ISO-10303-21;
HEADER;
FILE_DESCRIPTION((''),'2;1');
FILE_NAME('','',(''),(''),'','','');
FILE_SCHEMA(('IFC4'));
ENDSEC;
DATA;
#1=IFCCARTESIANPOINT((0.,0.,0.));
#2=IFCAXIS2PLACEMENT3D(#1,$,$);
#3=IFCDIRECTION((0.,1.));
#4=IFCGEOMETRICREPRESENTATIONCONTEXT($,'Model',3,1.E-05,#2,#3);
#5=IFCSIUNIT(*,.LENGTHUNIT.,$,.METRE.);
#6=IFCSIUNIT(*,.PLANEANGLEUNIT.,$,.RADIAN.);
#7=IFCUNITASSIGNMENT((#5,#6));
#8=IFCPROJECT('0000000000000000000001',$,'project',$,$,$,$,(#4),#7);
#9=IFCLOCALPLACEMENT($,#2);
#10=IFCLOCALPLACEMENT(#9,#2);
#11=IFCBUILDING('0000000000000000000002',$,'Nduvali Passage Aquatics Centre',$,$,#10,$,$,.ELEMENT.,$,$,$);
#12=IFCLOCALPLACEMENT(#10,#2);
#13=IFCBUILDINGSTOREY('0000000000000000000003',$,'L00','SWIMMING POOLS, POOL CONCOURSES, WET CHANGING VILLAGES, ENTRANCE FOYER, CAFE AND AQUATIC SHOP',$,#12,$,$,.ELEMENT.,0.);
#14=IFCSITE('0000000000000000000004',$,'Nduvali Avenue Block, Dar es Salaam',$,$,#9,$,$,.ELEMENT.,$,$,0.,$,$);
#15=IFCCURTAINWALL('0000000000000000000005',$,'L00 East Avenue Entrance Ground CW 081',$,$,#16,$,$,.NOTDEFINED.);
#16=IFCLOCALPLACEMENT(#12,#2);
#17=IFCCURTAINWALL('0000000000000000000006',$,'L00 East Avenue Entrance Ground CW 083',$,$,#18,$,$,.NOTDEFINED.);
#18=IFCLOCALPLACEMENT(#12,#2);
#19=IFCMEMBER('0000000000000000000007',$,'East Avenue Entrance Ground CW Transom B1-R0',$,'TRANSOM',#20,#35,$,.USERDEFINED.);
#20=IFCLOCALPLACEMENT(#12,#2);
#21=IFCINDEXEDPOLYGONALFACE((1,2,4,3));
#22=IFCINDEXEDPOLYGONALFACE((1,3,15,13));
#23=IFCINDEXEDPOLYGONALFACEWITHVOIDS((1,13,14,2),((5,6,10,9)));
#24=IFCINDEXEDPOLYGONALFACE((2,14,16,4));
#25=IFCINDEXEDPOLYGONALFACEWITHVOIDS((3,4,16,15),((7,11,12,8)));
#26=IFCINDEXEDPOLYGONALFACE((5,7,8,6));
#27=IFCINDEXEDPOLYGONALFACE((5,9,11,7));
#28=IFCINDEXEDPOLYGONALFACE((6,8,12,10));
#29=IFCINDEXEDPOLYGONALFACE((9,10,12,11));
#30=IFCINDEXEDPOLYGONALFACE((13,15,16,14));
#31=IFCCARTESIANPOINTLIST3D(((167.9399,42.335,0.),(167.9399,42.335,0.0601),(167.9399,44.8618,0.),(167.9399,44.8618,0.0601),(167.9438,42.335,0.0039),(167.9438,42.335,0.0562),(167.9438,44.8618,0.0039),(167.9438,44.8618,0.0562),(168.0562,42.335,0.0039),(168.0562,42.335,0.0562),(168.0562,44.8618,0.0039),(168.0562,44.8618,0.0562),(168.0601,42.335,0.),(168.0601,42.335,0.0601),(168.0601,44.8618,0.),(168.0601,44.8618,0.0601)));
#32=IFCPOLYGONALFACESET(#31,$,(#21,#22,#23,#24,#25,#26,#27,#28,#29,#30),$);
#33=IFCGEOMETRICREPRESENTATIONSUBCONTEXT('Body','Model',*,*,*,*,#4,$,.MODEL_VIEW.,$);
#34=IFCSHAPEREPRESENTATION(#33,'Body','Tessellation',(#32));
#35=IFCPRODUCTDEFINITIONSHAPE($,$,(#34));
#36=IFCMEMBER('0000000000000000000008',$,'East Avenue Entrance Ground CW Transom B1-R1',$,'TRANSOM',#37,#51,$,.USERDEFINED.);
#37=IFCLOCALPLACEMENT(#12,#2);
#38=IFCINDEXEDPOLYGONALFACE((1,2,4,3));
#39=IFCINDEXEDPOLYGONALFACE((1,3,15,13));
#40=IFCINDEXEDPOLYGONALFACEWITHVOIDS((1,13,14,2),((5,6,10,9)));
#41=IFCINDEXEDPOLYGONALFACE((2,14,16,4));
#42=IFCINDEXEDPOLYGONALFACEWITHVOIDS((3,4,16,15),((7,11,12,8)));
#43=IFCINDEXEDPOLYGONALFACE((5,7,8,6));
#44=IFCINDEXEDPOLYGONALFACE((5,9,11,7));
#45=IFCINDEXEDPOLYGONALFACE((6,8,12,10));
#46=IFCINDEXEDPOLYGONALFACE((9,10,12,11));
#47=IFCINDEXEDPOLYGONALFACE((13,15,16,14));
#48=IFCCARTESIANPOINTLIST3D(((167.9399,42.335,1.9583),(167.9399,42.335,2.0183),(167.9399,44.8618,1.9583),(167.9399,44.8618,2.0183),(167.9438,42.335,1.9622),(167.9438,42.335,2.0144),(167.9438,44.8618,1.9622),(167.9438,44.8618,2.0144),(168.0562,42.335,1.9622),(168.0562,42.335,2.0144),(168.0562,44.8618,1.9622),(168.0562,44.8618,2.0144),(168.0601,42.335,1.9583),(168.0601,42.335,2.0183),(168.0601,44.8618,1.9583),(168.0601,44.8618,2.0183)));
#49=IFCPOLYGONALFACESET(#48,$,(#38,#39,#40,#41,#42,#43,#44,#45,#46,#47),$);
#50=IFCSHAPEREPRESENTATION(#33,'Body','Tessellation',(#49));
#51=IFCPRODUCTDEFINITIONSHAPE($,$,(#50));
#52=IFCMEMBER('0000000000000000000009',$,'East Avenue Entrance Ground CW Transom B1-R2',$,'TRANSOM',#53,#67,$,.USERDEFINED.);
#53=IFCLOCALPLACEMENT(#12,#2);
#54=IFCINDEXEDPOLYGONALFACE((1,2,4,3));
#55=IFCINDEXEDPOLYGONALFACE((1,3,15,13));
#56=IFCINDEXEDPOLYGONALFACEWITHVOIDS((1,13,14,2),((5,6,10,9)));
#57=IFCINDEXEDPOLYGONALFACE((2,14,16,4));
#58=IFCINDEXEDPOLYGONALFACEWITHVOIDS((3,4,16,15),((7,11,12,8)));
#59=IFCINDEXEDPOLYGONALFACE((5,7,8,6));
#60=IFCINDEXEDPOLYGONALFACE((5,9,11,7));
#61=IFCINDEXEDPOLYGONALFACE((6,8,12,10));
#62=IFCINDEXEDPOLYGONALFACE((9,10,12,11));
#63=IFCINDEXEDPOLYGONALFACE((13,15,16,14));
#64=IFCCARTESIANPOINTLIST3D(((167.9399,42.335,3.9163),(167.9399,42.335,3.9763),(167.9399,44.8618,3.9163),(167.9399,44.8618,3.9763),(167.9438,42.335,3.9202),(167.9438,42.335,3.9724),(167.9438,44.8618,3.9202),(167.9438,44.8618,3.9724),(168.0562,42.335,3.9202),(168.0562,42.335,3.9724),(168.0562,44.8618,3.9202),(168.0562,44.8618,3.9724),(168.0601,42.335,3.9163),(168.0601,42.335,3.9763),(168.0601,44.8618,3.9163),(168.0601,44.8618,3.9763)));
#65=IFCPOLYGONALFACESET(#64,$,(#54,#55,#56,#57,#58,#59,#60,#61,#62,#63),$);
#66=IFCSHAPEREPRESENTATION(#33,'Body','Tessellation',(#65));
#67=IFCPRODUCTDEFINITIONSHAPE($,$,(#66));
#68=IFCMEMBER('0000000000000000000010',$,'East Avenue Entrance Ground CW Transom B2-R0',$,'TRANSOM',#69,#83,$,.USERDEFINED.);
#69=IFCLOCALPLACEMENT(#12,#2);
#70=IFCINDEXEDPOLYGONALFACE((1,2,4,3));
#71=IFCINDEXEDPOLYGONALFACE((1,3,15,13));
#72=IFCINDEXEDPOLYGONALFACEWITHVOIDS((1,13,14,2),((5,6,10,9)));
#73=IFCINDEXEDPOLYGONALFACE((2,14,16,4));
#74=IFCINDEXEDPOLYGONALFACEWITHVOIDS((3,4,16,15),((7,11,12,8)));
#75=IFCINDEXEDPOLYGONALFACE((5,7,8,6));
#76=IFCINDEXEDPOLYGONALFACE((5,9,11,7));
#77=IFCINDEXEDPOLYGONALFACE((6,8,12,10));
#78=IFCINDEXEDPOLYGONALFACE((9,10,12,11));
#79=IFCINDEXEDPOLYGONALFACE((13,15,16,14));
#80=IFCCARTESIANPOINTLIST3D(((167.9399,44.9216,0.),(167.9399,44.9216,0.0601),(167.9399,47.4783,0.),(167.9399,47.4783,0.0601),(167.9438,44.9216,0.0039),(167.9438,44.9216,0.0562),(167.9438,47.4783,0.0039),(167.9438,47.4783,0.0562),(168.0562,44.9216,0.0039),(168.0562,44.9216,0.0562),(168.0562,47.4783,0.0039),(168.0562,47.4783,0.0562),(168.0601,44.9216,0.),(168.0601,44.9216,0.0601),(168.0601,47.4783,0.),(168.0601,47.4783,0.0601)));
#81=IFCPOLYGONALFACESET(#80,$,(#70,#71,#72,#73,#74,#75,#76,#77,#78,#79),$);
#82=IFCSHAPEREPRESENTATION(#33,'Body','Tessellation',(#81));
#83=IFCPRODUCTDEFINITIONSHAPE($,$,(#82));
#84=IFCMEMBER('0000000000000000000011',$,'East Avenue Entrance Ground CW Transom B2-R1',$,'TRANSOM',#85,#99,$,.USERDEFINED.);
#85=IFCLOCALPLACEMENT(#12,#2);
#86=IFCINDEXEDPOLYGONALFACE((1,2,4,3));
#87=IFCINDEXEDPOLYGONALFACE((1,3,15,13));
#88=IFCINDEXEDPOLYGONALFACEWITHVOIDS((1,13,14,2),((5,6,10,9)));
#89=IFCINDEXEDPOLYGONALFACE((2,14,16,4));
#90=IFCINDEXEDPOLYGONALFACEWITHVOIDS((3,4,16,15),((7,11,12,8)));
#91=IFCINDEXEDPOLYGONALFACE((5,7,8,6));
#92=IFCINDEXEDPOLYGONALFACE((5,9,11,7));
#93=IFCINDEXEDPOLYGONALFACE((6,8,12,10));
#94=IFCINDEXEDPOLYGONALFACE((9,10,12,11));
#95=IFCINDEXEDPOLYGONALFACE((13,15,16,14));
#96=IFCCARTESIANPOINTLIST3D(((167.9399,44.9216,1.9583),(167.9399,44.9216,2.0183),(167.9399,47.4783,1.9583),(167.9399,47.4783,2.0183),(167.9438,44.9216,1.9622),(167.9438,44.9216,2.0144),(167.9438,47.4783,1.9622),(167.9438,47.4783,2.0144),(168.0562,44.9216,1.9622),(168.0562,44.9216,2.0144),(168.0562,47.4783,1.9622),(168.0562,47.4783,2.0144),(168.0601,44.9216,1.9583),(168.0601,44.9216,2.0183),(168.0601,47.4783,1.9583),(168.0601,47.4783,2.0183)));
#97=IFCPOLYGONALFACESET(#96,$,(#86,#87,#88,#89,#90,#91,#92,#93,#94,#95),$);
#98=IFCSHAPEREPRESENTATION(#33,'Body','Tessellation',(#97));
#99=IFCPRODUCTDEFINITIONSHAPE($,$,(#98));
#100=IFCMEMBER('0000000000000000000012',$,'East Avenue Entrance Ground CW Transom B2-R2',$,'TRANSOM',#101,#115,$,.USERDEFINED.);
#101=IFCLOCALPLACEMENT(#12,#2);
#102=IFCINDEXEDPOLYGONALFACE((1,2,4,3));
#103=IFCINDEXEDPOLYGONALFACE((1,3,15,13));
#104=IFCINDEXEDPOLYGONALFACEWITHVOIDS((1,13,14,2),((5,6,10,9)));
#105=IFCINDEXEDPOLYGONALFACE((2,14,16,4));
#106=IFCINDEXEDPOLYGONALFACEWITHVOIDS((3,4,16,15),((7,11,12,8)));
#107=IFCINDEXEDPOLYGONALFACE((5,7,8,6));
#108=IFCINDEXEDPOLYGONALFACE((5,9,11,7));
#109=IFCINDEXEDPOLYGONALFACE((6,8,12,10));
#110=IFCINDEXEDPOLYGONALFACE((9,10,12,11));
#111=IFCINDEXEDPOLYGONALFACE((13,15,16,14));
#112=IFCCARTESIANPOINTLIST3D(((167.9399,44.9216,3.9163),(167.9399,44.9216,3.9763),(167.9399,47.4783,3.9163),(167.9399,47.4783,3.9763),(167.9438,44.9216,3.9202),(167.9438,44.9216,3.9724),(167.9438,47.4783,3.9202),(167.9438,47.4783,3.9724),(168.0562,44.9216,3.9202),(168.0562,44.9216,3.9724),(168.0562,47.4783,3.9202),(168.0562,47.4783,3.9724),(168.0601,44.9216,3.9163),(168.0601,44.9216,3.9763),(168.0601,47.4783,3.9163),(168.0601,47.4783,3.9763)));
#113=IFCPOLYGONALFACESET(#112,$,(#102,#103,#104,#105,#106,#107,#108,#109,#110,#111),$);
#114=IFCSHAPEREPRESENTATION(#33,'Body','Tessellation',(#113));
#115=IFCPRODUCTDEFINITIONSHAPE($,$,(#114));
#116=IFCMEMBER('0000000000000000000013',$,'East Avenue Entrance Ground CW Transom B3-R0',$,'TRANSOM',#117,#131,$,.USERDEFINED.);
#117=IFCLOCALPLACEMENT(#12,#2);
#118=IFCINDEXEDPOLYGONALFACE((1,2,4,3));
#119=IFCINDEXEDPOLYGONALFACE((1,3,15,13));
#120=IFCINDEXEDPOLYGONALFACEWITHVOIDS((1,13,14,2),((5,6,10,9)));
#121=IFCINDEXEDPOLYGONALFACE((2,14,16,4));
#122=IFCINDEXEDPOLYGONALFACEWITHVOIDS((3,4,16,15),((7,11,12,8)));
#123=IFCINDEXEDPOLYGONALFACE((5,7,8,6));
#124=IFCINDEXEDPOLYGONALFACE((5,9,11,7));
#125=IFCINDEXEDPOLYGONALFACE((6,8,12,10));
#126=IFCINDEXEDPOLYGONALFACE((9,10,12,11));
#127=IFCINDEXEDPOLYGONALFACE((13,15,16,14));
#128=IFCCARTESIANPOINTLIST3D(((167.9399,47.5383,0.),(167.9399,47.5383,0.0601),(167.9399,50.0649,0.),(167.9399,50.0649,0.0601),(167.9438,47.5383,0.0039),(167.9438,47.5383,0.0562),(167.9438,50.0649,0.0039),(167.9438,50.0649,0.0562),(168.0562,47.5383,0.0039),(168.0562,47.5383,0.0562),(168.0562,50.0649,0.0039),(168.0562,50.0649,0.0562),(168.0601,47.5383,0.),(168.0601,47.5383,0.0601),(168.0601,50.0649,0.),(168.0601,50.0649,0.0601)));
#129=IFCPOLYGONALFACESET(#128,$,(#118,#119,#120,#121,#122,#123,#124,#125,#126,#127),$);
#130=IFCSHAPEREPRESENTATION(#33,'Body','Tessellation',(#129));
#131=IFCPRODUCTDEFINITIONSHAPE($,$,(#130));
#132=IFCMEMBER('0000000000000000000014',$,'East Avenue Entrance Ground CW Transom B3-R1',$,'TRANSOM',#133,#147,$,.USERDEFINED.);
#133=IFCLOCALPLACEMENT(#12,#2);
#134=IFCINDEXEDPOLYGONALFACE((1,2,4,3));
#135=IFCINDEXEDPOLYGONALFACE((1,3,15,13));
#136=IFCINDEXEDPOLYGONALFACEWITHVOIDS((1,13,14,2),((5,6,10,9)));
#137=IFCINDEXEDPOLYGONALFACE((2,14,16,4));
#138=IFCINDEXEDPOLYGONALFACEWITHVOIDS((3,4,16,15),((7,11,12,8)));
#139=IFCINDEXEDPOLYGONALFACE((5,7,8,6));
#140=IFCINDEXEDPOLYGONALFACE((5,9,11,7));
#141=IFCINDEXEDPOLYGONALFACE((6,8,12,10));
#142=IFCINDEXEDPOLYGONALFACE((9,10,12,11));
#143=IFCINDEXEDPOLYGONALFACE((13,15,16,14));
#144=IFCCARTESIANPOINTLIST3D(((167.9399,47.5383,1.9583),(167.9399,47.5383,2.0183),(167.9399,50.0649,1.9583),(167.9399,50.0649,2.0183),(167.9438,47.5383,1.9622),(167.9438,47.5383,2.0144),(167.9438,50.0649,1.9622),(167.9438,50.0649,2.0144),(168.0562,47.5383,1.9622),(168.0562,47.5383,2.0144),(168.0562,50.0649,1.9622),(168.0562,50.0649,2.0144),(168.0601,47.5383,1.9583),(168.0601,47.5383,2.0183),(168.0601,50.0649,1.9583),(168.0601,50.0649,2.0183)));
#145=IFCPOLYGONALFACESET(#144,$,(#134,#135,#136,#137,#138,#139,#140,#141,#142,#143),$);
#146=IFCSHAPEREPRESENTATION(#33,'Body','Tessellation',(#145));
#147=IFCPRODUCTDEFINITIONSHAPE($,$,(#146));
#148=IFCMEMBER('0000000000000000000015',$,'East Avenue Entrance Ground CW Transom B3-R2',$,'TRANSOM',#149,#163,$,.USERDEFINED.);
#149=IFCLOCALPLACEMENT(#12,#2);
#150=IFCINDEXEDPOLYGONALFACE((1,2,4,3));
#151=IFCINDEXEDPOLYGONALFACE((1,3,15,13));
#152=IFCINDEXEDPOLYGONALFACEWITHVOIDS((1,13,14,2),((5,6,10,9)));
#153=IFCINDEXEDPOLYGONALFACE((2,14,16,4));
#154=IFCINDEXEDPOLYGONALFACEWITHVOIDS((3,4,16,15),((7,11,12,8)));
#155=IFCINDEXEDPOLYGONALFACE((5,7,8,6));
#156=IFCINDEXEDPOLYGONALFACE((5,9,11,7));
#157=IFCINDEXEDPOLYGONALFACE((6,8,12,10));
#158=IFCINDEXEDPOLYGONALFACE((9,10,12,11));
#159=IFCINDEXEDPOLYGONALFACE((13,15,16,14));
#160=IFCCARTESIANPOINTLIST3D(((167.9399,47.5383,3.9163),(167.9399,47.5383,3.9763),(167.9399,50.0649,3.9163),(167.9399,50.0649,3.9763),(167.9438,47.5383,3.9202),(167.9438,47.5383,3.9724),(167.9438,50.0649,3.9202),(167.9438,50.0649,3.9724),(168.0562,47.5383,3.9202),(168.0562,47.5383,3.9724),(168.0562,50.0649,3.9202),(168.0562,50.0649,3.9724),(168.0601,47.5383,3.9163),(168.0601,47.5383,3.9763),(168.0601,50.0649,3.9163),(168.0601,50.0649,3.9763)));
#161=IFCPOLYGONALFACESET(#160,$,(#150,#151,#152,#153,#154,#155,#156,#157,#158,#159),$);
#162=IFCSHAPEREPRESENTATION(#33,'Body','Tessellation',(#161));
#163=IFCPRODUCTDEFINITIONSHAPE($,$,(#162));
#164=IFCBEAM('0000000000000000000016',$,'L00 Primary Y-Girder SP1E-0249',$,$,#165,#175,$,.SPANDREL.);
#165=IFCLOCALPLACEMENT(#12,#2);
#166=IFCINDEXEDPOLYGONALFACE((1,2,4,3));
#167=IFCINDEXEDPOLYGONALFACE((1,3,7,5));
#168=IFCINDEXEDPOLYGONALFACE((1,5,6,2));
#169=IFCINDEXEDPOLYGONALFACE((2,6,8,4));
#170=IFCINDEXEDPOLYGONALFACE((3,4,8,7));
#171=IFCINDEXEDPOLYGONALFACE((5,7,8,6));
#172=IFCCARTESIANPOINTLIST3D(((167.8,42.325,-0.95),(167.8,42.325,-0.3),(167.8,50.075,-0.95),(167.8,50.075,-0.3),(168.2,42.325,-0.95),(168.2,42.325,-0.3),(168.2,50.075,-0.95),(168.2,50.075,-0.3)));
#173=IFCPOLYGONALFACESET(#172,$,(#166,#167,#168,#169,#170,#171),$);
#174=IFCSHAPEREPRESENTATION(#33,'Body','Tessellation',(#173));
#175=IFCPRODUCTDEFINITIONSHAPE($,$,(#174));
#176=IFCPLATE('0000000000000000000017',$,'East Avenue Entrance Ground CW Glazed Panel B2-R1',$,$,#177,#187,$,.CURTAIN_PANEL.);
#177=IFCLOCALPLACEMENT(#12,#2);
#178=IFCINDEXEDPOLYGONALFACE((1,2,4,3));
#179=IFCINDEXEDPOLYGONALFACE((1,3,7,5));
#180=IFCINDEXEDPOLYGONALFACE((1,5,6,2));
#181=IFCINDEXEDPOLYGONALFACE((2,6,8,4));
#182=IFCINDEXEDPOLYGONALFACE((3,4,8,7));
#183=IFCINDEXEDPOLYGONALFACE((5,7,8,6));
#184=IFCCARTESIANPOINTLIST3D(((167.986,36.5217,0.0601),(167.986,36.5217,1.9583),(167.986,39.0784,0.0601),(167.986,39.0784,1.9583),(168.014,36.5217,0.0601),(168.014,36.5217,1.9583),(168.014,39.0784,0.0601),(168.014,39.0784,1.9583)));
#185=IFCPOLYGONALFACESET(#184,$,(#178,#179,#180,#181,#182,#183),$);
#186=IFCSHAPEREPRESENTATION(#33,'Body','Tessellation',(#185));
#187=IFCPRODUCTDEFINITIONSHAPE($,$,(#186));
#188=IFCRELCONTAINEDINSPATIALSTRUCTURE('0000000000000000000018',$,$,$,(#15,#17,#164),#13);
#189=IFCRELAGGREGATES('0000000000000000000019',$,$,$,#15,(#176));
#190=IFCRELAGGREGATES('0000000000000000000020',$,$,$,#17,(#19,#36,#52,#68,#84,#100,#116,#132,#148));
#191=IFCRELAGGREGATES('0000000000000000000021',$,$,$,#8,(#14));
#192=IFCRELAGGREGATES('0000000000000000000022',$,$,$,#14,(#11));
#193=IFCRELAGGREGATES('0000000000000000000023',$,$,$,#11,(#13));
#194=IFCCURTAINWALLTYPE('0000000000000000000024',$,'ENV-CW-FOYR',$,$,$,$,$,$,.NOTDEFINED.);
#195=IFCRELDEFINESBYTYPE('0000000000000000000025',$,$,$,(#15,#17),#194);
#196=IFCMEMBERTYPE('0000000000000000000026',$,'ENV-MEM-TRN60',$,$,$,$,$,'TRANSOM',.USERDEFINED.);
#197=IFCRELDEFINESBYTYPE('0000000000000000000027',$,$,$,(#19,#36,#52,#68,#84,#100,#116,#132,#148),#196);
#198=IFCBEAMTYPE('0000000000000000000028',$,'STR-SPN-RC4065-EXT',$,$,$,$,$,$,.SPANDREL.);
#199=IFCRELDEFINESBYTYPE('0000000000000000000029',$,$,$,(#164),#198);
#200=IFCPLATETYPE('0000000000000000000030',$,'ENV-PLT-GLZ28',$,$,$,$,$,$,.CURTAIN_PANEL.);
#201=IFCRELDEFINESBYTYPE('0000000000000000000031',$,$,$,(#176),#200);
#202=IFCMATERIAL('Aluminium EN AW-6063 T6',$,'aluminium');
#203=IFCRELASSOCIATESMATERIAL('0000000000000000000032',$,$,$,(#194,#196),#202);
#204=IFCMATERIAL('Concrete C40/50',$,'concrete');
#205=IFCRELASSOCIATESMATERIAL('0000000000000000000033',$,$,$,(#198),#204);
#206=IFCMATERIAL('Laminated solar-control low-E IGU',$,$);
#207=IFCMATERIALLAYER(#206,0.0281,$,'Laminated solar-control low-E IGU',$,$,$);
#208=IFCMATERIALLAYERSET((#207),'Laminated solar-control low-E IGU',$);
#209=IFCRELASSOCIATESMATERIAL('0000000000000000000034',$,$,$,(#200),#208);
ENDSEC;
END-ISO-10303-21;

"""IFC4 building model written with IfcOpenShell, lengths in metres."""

from ifc_helpers import new_model, si_unit, direction, frame, origin, origin_2d, place, context, subcontext, project, spatial, rectangle, hollow_rectangle, extrude, material, layer, layer_set, material_profile, profile_set, type_object, element, aggregate, save


model = new_model("IFC4")

# Units and contexts
model_context = context("Model", 3, precision=1e-05, world=origin(), true_north=direction((0.0, 1.0)))
body_context = subcontext(model_context, "Body", "Model", "MODEL_VIEW")
ifc_project = project(units=[si_unit("LENGTHUNIT", "METRE"), si_unit("PLANEANGLEUNIT", "RADIAN")], contexts=[model_context])

# Site, building, storey
site_placement = place(None, origin())
site = spatial("IfcSite", under=ifc_project, at=site_placement, Name="Nduvali Avenue Block, Dar es Salaam", CompositionType="ELEMENT", RefElevation=0.0)
building_placement = place(site_placement, origin())
building = spatial("IfcBuilding", under=site, at=building_placement, Name="Nduvali Passage Aquatics Centre", CompositionType="ELEMENT")
storey_placement = place(building_placement, origin())
storey = spatial("IfcBuildingStorey", under=building, at=storey_placement, Name="L00", Description="SWIMMING POOLS, POOL CONCOURSES, WET CHANGING VILLAGES, ENTRANCE FOYER, CAFE AND AQUATIC SHOP", CompositionType="ELEMENT", Elevation=0.0)

# Shared definitions
ifc_material_1 = material(Name="Concrete C40/50", Category="concrete")

# Curtain walls
ifc_material_2 = material(Name="Aluminium EN AW-6063 T6", Category="aluminium")
curtain_wall_type = type_object("IfcCurtainWallType", Name="ENV-CW-FOYR", PredefinedType="NOTDEFINED", material=ifc_material_2)
curtain_wall_1_placement = place(storey_placement, origin())
curtain_wall_1 = element("IfcCurtainWall", 1, at=curtain_wall_1_placement, inside=storey, type_object=curtain_wall_type, Name="L00 East Avenue Entrance Ground CW 081", PredefinedType="NOTDEFINED")
curtain_wall_2_placement = place(storey_placement, origin())
curtain_wall_2 = element("IfcCurtainWall", 2, at=curtain_wall_2_placement, inside=storey, type_object=curtain_wall_type, Name="L00 East Avenue Entrance Ground CW 083", PredefinedType="NOTDEFINED")

# Members
ifc_material_profile_1 = material_profile(ifc_material_2, hollow_rectangle(XDim=0.1201, YDim=0.0601, WallThickness=0.0039, at=origin_2d()), Name="ALU TRANSOM 120x60x4")
ifc_profile_set_1 = profile_set([ifc_material_profile_1], Name="Aluminium EN AW-6063 T6")
member_type_1 = type_object("IfcMemberType", Name="ENV-MEM-TRN60", ElementType="TRANSOM", PredefinedType="USERDEFINED", material=ifc_profile_set_1)
member_1_placement = place(storey_placement, frame((168.0, 42.335, 0.03), z_axis=(0.0, 1.0, 0.0), x_axis=(-1.0, 0.0, 0.0)))
member_1 = element("IfcMember", 3, at=member_1_placement, type_object=member_type_1, Name="East Avenue Entrance Ground CW Transom B1-R0", ObjectType="TRANSOM", PredefinedType="USERDEFINED", context=body_context, shape_type="SweptSolid", body=[
    extrude(hollow_rectangle(XDim=0.1201, YDim=0.0601, WallThickness=0.0039, at=origin_2d()), origin(), (0.0, 0.0, 1.0), 2.5269),
])
member_2_placement = place(storey_placement, frame((168.0, 42.335, 1.9883), z_axis=(0.0, 1.0, 0.0), x_axis=(-1.0, 0.0, 0.0)))
member_2 = element("IfcMember", 4, at=member_2_placement, type_object=member_type_1, Name="East Avenue Entrance Ground CW Transom B1-R1", ObjectType="TRANSOM", PredefinedType="USERDEFINED", context=body_context, shape_type="SweptSolid", body=[
    extrude(hollow_rectangle(XDim=0.1201, YDim=0.0601, WallThickness=0.0039, at=origin_2d()), origin(), (0.0, 0.0, 1.0), 2.5269),
])
member_3_placement = place(storey_placement, frame((168.0, 42.335, 3.9463), z_axis=(0.0, 1.0, 0.0), x_axis=(-1.0, 0.0, 0.0)))
member_3 = element("IfcMember", 5, at=member_3_placement, type_object=member_type_1, Name="East Avenue Entrance Ground CW Transom B1-R2", ObjectType="TRANSOM", PredefinedType="USERDEFINED", context=body_context, shape_type="SweptSolid", body=[
    extrude(hollow_rectangle(XDim=0.1201, YDim=0.0601, WallThickness=0.0039, at=origin_2d()), origin(), (0.0, 0.0, 1.0), 2.5269),
])
member_4_placement = place(storey_placement, frame((168.0, 44.9216, 0.03), z_axis=(0.0, 1.0, 0.0), x_axis=(-1.0, 0.0, 0.0)))
member_4 = element("IfcMember", 6, at=member_4_placement, type_object=member_type_1, Name="East Avenue Entrance Ground CW Transom B2-R0", ObjectType="TRANSOM", PredefinedType="USERDEFINED", context=body_context, shape_type="SweptSolid", body=[
    extrude(hollow_rectangle(XDim=0.1201, YDim=0.0601, WallThickness=0.0039, at=origin_2d()), origin(), (0.0, 0.0, 1.0), 2.5566),
])
member_5_placement = place(storey_placement, frame((168.0, 44.9216, 1.9883), z_axis=(0.0, 1.0, 0.0), x_axis=(-1.0, 0.0, 0.0)))
member_5 = element("IfcMember", 7, at=member_5_placement, type_object=member_type_1, Name="East Avenue Entrance Ground CW Transom B2-R1", ObjectType="TRANSOM", PredefinedType="USERDEFINED", context=body_context, shape_type="SweptSolid", body=[
    extrude(hollow_rectangle(XDim=0.1201, YDim=0.0601, WallThickness=0.0039, at=origin_2d()), origin(), (0.0, 0.0, 1.0), 2.5566),
])
member_6_placement = place(storey_placement, frame((168.0, 44.9216, 3.9463), z_axis=(0.0, 1.0, 0.0), x_axis=(-1.0, 0.0, 0.0)))
member_6 = element("IfcMember", 8, at=member_6_placement, type_object=member_type_1, Name="East Avenue Entrance Ground CW Transom B2-R2", ObjectType="TRANSOM", PredefinedType="USERDEFINED", context=body_context, shape_type="SweptSolid", body=[
    extrude(hollow_rectangle(XDim=0.1201, YDim=0.0601, WallThickness=0.0039, at=origin_2d()), origin(), (0.0, 0.0, 1.0), 2.5566),
])
member_7_placement = place(storey_placement, frame((168.0, 47.5383, 0.03), z_axis=(0.0, 1.0, 0.0), x_axis=(-1.0, 0.0, 0.0)))
member_7 = element("IfcMember", 9, at=member_7_placement, type_object=member_type_1, Name="East Avenue Entrance Ground CW Transom B3-R0", ObjectType="TRANSOM", PredefinedType="USERDEFINED", context=body_context, shape_type="SweptSolid", body=[
    extrude(hollow_rectangle(XDim=0.1201, YDim=0.0601, WallThickness=0.0039, at=origin_2d()), origin(), (0.0, 0.0, 1.0), 2.5266),
])
member_8_placement = place(storey_placement, frame((168.0, 47.5383, 1.9883), z_axis=(0.0, 1.0, 0.0), x_axis=(-1.0, 0.0, 0.0)))
member_8 = element("IfcMember", 10, at=member_8_placement, type_object=member_type_1, Name="East Avenue Entrance Ground CW Transom B3-R1", ObjectType="TRANSOM", PredefinedType="USERDEFINED", context=body_context, shape_type="SweptSolid", body=[
    extrude(hollow_rectangle(XDim=0.1201, YDim=0.0601, WallThickness=0.0039, at=origin_2d()), origin(), (0.0, 0.0, 1.0), 2.5266),
])
member_9_placement = place(storey_placement, frame((168.0, 47.5383, 3.9463), z_axis=(0.0, 1.0, 0.0), x_axis=(-1.0, 0.0, 0.0)))
member_9 = element("IfcMember", 11, at=member_9_placement, type_object=member_type_1, Name="East Avenue Entrance Ground CW Transom B3-R2", ObjectType="TRANSOM", PredefinedType="USERDEFINED", context=body_context, shape_type="SweptSolid", body=[
    extrude(hollow_rectangle(XDim=0.1201, YDim=0.0601, WallThickness=0.0039, at=origin_2d()), origin(), (0.0, 0.0, 1.0), 2.5266),
])

# Beam
ifc_material_profile_2 = material_profile(ifc_material_1, rectangle(XDim=0.3999, YDim=0.6499, at=origin_2d()), Name="RC 400x650")
ifc_profile_set_2 = profile_set([ifc_material_profile_2], Name="Concrete C40/50")
beam_type = type_object("IfcBeamType", Name="STR-SPN-RC4065-EXT", PredefinedType="SPANDREL", material=ifc_profile_set_2)
beam_placement = place(storey_placement, frame((168.0, 42.325, -0.625), z_axis=(0.0, 1.0, 0.0), x_axis=(-1.0, 0.0, 0.0)))
element("IfcBeam", 12, at=beam_placement, inside=storey, type_object=beam_type, Name="L00 Primary Y-Girder SP1E-0249", PredefinedType="SPANDREL", context=body_context, shape_type="SweptSolid", body=[
    extrude(rectangle(XDim=0.3999, YDim=0.6499, at=origin_2d()), origin(), (0.0, 0.0, 1.0), 7.75),
])

# Plate
ifc_material_3 = material(Name="Laminated solar-control low-E IGU")
ifc_layer = layer(ifc_material_3, 0.0281, Name="Laminated solar-control low-E IGU")
ifc_layer_set = layer_set([ifc_layer], Name="Laminated solar-control low-E IGU")
plate_type = type_object("IfcPlateType", Name="ENV-PLT-GLZ28", PredefinedType="CURTAIN_PANEL", material=ifc_layer_set)
plate_1_placement = place(storey_placement, frame((168.0, 37.8, 0.0601), z_axis=(0.0, 0.0, 1.0), x_axis=(0.0, 1.0, 0.0)))
plate_1 = element("IfcPlate", 13, at=plate_1_placement, type_object=plate_type, Name="East Avenue Entrance Ground CW Glazed Panel B2-R1", PredefinedType="CURTAIN_PANEL", context=body_context, shape_type="SweptSolid", body=[
    extrude(rectangle(XDim=2.5566, YDim=0.0281, at=origin_2d()), origin(), (0.0, 0.0, 1.0), 1.8982),
])
aggregate(curtain_wall_1, [plate_1])
aggregate(curtain_wall_2, [member_1, member_2, member_3, member_4, member_5, member_6, member_7, member_8, member_9])

save(model, "model.ifc")
